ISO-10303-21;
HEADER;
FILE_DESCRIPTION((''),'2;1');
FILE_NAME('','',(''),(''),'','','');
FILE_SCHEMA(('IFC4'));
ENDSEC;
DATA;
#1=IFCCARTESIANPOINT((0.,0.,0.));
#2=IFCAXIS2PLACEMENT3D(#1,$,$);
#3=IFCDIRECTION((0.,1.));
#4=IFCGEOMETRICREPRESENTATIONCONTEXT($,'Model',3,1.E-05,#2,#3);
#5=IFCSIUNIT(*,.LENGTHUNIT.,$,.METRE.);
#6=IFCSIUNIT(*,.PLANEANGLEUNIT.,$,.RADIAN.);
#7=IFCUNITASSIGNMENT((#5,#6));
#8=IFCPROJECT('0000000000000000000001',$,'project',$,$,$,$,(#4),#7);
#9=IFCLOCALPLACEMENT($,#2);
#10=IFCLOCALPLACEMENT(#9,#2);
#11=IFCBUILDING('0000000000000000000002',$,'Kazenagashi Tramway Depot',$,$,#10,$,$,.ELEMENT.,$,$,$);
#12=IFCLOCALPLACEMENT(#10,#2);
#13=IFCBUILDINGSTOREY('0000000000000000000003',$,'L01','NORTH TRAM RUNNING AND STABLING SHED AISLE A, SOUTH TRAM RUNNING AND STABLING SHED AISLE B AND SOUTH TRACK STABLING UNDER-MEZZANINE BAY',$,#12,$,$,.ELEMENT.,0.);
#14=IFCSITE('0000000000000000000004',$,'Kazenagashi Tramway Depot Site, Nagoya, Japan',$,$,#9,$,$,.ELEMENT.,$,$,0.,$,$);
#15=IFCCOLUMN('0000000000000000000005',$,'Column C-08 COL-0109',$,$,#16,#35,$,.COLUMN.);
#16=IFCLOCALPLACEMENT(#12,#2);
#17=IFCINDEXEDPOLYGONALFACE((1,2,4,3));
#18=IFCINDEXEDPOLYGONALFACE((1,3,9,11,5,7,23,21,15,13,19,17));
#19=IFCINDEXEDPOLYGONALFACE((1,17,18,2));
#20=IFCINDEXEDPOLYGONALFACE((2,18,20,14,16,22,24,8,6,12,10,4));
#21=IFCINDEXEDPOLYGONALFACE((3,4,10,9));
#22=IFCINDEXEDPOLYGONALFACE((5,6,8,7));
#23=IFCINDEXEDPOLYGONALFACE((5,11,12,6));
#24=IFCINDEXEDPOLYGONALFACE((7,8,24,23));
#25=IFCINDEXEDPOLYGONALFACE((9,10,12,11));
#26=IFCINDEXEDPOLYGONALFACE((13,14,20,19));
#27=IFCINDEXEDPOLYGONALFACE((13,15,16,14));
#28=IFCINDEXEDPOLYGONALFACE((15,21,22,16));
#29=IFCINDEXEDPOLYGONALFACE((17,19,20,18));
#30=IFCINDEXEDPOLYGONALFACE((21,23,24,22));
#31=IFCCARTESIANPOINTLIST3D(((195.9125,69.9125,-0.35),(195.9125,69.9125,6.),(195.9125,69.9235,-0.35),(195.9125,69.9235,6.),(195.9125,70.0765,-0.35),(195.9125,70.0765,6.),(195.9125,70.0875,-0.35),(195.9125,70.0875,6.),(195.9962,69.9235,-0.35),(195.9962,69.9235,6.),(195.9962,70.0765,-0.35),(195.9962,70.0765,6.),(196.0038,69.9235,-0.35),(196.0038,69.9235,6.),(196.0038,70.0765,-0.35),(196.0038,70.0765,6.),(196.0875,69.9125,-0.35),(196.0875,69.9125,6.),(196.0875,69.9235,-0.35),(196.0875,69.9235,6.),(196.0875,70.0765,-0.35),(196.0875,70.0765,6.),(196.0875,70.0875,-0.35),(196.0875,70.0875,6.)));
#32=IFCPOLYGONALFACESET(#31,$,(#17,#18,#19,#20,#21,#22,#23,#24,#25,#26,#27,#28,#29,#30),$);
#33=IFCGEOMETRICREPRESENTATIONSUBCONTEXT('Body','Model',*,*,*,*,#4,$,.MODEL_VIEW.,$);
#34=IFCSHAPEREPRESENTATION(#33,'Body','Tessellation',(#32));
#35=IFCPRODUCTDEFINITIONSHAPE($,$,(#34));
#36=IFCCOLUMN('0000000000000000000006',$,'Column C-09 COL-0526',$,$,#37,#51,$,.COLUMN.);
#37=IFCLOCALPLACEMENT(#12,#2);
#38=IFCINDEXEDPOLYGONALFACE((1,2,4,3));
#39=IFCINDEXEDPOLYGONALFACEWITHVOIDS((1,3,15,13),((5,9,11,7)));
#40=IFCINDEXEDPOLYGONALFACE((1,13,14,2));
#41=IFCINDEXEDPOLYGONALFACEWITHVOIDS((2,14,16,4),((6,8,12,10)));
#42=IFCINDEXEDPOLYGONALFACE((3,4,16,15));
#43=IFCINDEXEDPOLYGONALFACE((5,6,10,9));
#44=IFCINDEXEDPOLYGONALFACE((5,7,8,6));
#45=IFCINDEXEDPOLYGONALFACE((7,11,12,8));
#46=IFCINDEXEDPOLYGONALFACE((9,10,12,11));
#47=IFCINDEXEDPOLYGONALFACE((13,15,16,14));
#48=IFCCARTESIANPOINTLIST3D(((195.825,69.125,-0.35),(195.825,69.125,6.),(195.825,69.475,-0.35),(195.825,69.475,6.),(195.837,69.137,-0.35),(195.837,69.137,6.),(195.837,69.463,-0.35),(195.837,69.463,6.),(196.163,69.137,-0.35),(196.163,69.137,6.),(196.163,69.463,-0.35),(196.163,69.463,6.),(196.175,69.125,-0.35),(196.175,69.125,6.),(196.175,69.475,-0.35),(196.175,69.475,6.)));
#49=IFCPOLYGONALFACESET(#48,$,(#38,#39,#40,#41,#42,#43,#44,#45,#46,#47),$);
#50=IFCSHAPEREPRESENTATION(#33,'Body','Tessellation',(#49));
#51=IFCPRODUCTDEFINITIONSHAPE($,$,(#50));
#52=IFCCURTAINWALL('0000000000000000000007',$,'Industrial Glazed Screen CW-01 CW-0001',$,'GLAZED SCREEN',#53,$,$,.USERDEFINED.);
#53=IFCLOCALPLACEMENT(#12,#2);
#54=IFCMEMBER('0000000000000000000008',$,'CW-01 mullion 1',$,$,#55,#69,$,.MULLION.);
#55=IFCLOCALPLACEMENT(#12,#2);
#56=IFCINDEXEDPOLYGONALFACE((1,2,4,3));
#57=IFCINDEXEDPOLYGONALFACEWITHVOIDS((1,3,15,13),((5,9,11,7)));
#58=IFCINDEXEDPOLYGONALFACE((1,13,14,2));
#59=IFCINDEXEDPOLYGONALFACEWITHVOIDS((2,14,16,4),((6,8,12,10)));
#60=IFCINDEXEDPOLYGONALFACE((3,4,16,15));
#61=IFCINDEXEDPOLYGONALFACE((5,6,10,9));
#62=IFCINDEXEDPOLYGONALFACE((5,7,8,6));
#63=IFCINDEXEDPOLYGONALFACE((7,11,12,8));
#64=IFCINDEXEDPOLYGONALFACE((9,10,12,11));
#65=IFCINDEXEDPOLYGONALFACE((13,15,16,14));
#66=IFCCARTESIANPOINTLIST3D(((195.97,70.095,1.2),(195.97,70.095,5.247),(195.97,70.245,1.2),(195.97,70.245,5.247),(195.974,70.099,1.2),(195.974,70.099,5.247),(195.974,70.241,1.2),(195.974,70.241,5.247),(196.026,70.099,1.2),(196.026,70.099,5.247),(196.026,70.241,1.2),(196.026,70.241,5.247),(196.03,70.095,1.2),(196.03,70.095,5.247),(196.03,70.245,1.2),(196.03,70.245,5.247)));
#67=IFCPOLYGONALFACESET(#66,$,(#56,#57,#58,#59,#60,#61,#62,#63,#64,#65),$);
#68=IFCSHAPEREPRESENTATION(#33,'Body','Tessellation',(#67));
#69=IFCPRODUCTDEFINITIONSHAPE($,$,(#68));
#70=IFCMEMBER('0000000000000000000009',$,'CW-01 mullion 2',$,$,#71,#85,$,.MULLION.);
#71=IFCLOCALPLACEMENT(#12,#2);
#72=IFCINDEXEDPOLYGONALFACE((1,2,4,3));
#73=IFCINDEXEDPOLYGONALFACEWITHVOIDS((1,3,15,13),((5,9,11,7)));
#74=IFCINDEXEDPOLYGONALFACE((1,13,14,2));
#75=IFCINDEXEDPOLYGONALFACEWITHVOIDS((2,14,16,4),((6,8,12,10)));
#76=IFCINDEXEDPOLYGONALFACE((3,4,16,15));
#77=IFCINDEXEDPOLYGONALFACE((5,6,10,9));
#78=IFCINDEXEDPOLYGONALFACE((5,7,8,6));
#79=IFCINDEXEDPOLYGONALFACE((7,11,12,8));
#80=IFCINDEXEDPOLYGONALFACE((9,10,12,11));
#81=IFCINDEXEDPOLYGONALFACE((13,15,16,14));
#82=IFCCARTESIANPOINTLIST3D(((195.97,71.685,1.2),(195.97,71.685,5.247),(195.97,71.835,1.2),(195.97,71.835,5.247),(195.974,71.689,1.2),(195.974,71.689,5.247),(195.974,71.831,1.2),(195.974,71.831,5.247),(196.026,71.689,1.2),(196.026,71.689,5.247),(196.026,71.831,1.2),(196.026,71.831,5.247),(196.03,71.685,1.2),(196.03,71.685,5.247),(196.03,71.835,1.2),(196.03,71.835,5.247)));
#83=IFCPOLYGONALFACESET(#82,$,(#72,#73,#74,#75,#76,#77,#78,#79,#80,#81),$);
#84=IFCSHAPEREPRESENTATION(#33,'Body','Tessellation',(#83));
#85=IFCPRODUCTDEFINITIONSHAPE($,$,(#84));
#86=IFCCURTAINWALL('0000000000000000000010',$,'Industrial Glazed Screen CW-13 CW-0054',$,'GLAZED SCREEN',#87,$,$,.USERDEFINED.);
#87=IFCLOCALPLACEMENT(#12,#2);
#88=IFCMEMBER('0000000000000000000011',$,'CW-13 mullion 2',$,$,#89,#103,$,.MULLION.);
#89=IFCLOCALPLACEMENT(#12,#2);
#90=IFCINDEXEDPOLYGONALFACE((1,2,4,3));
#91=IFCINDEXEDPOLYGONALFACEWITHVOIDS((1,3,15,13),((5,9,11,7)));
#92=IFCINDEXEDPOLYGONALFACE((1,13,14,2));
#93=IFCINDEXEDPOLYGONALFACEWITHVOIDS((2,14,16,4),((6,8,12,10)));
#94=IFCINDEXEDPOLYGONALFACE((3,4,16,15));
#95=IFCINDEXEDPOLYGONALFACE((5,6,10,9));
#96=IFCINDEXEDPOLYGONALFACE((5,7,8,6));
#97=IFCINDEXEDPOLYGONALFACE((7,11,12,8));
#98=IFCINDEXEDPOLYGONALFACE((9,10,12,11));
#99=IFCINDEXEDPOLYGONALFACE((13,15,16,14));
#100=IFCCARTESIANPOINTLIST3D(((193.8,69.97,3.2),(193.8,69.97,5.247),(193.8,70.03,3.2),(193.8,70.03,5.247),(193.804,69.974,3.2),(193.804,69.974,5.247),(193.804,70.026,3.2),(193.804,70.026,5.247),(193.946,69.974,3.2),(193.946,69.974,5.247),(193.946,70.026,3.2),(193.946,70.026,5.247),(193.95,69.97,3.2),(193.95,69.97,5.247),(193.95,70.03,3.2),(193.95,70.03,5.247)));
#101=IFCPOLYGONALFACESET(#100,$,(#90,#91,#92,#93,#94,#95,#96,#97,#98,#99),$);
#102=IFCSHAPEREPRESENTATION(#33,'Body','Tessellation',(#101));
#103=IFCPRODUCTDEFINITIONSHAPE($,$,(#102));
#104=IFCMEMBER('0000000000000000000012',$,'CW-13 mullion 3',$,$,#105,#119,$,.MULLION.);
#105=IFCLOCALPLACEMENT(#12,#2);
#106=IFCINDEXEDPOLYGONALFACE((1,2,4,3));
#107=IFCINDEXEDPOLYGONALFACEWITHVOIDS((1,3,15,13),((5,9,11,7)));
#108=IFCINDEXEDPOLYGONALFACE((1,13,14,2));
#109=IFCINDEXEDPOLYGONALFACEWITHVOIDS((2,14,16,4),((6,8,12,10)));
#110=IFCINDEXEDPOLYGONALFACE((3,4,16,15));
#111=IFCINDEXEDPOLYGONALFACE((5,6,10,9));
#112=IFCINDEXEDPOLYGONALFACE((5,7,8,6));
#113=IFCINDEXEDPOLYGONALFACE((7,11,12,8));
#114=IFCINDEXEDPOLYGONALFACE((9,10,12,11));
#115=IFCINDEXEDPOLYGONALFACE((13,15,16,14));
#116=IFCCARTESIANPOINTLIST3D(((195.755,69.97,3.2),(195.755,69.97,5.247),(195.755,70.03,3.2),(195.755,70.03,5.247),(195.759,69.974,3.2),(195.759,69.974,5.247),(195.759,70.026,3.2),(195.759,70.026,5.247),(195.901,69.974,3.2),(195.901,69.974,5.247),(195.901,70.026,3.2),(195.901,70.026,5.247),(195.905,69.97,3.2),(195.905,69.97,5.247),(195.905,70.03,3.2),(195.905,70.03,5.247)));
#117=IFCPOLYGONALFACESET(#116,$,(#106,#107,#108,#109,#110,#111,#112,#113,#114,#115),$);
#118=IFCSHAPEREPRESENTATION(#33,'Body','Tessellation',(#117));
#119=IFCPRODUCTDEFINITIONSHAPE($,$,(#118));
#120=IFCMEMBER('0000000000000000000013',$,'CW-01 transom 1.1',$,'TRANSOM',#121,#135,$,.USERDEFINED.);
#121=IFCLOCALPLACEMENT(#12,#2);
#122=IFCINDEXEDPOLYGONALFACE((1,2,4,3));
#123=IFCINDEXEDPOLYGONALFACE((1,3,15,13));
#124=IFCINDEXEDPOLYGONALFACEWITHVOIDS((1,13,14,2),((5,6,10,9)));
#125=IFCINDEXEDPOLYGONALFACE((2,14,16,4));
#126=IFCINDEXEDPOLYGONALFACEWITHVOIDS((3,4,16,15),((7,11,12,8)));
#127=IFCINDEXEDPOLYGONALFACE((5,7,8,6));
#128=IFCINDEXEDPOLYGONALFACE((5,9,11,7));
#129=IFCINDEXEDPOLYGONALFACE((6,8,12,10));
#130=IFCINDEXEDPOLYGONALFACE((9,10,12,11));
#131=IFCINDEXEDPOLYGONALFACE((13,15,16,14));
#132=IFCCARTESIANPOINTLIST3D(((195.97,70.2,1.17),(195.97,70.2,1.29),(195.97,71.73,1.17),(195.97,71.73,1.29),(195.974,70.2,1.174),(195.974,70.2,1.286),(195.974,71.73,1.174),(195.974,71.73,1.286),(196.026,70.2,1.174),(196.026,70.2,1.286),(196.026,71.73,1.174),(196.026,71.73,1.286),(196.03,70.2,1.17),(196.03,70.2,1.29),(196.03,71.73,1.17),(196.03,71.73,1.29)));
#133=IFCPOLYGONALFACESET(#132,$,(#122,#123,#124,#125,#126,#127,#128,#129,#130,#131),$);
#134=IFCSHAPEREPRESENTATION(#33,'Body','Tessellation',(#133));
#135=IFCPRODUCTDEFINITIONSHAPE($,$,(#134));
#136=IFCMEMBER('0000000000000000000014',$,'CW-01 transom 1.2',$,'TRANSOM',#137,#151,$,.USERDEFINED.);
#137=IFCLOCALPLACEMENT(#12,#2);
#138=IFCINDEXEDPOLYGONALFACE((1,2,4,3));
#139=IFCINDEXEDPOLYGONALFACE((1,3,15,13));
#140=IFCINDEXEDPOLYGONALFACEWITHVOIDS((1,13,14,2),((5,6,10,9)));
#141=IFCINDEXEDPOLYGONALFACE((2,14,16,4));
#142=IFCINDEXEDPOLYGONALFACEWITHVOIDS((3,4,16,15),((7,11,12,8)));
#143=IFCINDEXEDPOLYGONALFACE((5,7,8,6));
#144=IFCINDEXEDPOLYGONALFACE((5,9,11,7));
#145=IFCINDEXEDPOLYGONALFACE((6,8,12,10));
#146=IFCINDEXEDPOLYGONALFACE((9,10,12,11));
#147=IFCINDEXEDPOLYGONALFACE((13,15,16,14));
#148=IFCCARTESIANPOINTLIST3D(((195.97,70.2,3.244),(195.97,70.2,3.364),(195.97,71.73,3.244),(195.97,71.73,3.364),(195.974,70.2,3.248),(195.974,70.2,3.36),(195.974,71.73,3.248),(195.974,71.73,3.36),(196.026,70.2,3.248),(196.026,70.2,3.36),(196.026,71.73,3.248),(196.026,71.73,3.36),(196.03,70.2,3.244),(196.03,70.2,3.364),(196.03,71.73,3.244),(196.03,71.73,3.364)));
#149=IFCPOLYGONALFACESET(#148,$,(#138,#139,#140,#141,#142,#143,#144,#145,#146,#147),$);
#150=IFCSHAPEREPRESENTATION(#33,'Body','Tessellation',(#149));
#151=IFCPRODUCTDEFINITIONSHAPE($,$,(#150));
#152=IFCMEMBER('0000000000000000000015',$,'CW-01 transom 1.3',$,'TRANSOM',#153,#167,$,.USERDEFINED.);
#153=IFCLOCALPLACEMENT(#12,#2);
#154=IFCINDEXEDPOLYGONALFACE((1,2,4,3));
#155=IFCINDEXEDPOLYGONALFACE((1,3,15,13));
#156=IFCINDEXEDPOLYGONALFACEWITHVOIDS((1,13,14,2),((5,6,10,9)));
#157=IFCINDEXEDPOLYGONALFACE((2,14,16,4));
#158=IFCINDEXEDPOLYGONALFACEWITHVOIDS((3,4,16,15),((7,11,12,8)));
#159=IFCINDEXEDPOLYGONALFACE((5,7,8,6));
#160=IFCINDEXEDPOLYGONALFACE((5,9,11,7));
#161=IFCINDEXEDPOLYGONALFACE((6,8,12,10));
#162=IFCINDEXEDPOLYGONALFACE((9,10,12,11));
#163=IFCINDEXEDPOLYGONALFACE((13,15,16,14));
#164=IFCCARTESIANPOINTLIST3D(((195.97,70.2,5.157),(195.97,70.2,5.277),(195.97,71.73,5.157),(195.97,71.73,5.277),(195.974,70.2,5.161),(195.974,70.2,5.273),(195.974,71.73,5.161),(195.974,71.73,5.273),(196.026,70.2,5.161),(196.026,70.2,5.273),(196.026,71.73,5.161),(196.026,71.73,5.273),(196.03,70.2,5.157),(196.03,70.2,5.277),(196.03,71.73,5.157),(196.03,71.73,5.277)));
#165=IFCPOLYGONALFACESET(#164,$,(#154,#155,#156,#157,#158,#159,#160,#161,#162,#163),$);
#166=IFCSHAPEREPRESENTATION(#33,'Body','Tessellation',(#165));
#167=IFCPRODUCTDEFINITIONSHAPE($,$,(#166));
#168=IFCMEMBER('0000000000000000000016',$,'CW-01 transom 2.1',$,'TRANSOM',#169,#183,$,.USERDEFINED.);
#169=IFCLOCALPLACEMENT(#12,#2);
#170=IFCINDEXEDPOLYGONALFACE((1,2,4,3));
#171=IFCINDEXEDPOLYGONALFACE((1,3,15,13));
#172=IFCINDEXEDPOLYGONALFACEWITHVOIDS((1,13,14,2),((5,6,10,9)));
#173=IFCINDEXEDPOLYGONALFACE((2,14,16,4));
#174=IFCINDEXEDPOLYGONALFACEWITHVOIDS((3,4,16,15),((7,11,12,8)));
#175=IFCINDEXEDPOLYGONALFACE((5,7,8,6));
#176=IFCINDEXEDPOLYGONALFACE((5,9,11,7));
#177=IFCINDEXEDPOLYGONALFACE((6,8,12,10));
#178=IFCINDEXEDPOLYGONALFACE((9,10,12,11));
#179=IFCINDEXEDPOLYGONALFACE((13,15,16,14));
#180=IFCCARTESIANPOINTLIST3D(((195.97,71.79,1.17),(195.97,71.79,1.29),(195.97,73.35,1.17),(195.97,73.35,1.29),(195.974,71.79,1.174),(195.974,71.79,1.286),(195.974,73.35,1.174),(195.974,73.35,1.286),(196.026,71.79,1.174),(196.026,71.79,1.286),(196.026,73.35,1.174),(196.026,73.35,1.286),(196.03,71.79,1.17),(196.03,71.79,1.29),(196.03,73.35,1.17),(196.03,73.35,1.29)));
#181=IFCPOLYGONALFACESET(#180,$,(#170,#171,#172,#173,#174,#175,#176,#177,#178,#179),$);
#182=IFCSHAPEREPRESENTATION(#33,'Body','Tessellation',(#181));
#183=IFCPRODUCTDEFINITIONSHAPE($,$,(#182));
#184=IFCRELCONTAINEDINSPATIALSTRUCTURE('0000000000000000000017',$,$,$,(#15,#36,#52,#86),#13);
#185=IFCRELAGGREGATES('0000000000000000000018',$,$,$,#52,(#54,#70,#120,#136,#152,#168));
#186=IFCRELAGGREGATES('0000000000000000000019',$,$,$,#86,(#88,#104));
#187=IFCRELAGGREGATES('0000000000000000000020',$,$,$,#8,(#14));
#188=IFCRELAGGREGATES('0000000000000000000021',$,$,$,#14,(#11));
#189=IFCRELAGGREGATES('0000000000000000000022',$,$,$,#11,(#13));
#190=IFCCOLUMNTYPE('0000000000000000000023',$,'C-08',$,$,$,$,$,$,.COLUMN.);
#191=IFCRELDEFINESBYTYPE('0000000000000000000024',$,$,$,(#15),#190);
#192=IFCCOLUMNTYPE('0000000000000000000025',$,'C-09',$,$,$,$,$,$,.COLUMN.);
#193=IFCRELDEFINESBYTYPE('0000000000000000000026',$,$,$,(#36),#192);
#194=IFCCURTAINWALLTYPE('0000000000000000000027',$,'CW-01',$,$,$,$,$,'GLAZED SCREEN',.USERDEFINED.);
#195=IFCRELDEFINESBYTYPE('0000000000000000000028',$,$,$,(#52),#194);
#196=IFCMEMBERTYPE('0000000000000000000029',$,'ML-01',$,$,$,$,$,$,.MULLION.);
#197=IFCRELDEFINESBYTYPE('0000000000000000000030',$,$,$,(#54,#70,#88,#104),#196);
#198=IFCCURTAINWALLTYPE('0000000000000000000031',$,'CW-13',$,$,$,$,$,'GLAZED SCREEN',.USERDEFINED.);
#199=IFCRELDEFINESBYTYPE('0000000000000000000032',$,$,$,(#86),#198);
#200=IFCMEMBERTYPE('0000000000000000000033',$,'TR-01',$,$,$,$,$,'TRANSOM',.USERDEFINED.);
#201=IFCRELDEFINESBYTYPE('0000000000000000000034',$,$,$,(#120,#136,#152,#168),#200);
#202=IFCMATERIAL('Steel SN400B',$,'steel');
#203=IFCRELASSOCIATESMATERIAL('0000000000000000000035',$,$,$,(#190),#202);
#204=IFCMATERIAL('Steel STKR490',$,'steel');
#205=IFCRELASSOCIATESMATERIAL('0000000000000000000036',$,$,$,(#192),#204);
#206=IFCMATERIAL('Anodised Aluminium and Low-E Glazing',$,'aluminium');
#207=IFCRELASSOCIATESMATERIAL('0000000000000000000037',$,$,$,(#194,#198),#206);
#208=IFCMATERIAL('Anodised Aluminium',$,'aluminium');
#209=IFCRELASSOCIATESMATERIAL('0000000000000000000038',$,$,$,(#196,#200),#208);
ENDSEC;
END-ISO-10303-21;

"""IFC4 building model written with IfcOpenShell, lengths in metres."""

from ifc_helpers import new_model, si_unit, direction, frame, origin, origin_2d, place, context, subcontext, project, spatial, hollow_rectangle, i_section, extrude, material, material_profile, profile_set, type_object, element, aggregate, save


model = new_model("IFC4")

# Units and contexts
model_context = context("Model", 3, precision=1e-05, world=origin(), true_north=direction((0.0, 1.0)))
body_context = subcontext(model_context, "Body", "Model", "MODEL_VIEW")
ifc_project = project(units=[si_unit("LENGTHUNIT", "METRE"), si_unit("PLANEANGLEUNIT", "RADIAN")], contexts=[model_context])

# Site, building, storey
site_placement = place(None, origin())
site = spatial("IfcSite", under=ifc_project, at=site_placement, Name="Kazenagashi Tramway Depot Site, Nagoya, Japan", CompositionType="ELEMENT", RefElevation=0.0)
building_placement = place(site_placement, origin())
building = spatial("IfcBuilding", under=site, at=building_placement, Name="Kazenagashi Tramway Depot", CompositionType="ELEMENT")
storey_placement = place(building_placement, origin())
storey = spatial("IfcBuildingStorey", under=building, at=storey_placement, Name="L01", Description="NORTH TRAM RUNNING AND STABLING SHED AISLE A, SOUTH TRAM RUNNING AND STABLING SHED AISLE B AND SOUTH TRACK STABLING UNDER-MEZZANINE BAY", CompositionType="ELEMENT", Elevation=0.0)

# Columns
ifc_material_1 = material(Name="Steel SN400B", Category="steel")
ifc_material_profile_1 = material_profile(ifc_material_1, i_section(OverallWidth=0.175, OverallDepth=0.175, WebThickness=0.0075, FlangeThickness=0.011, at=origin_2d()), Name="H-175x175x7.5x11")
ifc_profile_set_1 = profile_set([ifc_material_profile_1], Name="Steel SN400B")
column_type_1 = type_object("IfcColumnType", Name="C-08", PredefinedType="COLUMN", material=ifc_profile_set_1)
column_1_placement = place(storey_placement, frame((196.0, 70.0, -0.35), z_axis=(0.0, 0.0, 1.0), x_axis=(1.0, 0.0, 0.0)))
element("IfcColumn", 1, at=column_1_placement, inside=storey, type_object=column_type_1, Name="Column C-08 COL-0109", PredefinedType="COLUMN", context=body_context, shape_type="SweptSolid", body=[
    extrude(i_section(OverallWidth=0.175, OverallDepth=0.175, WebThickness=0.0075, FlangeThickness=0.011, at=origin_2d()), origin(), (0.0, 0.0, 1.0), 6.35),
])
ifc_material_2 = material(Name="Steel STKR490", Category="steel")
ifc_material_profile_2 = material_profile(ifc_material_2, hollow_rectangle(XDim=0.35, YDim=0.35, WallThickness=0.012, at=origin_2d()), Name="SHS-350x350x12")
ifc_profile_set_2 = profile_set([ifc_material_profile_2], Name="Steel STKR490")
column_type_2 = type_object("IfcColumnType", Name="C-09", PredefinedType="COLUMN", material=ifc_profile_set_2)
column_2_placement = place(storey_placement, frame((196.0, 69.3, -0.35), z_axis=(0.0, 0.0, 1.0), x_axis=(1.0, 0.0, 0.0)))
element("IfcColumn", 2, at=column_2_placement, inside=storey, type_object=column_type_2, Name="Column C-09 COL-0526", PredefinedType="COLUMN", context=body_context, shape_type="SweptSolid", body=[
    extrude(hollow_rectangle(XDim=0.35, YDim=0.35, WallThickness=0.012, at=origin_2d()), origin(), (0.0, 0.0, 1.0), 6.35),
])

# Curtain walls, members
ifc_material_3 = material(Name="Anodised Aluminium and Low-E Glazing", Category="aluminium")
curtain_wall_type_1 = type_object("IfcCurtainWallType", Name="CW-01", ElementType="GLAZED SCREEN", PredefinedType="USERDEFINED", material=ifc_material_3)
curtain_wall_1_placement = place(storey_placement, origin())
curtain_wall_1 = element("IfcCurtainWall", 3, at=curtain_wall_1_placement, inside=storey, type_object=curtain_wall_type_1, Name="Industrial Glazed Screen CW-01 CW-0001", ObjectType="GLAZED SCREEN", PredefinedType="USERDEFINED")
ifc_material_4 = material(Name="Anodised Aluminium", Category="aluminium")
ifc_material_profile_3 = material_profile(ifc_material_4, hollow_rectangle(XDim=0.06, YDim=0.15, WallThickness=0.004, at=origin_2d()), Name="RHS-150x60x4")
ifc_profile_set_3 = profile_set([ifc_material_profile_3], Name="Anodised Aluminium")
member_type_1 = type_object("IfcMemberType", Name="ML-01", PredefinedType="MULLION", material=ifc_profile_set_3)
member_1_placement = place(storey_placement, frame((196.0, 70.17, 1.2), z_axis=(0.0, 0.0, 1.0), x_axis=(-1.0, 0.0, 0.0)))
member_1 = element("IfcMember", 4, at=member_1_placement, type_object=member_type_1, Name="CW-01 mullion 1", PredefinedType="MULLION", context=body_context, shape_type="SweptSolid", body=[
    extrude(hollow_rectangle(XDim=0.06, YDim=0.15, WallThickness=0.004, at=origin_2d()), origin(), (0.0, 0.0, 1.0), 4.047),
])
member_2_placement = place(storey_placement, frame((196.0, 71.76, 1.2), z_axis=(0.0, 0.0, 1.0), x_axis=(-1.0, 0.0, 0.0)))
member_2 = element("IfcMember", 5, at=member_2_placement, type_object=member_type_1, Name="CW-01 mullion 2", PredefinedType="MULLION", context=body_context, shape_type="SweptSolid", body=[
    extrude(hollow_rectangle(XDim=0.06, YDim=0.15, WallThickness=0.004, at=origin_2d()), origin(), (0.0, 0.0, 1.0), 4.047),
])
curtain_wall_type_2 = type_object("IfcCurtainWallType", Name="CW-13", ElementType="GLAZED SCREEN", PredefinedType="USERDEFINED", material=ifc_material_3)
curtain_wall_2_placement = place(storey_placement, origin())
curtain_wall_2 = element("IfcCurtainWall", 6, at=curtain_wall_2_placement, inside=storey, type_object=curtain_wall_type_2, Name="Industrial Glazed Screen CW-13 CW-0054", ObjectType="GLAZED SCREEN", PredefinedType="USERDEFINED")
member_3_placement = place(storey_placement, frame((193.875, 70.0, 3.2), z_axis=(0.0, 0.0, 1.0), x_axis=(0.0, 1.0, 0.0)))
member_3 = element("IfcMember", 7, at=member_3_placement, type_object=member_type_1, Name="CW-13 mullion 2", PredefinedType="MULLION", context=body_context, shape_type="SweptSolid", body=[
    extrude(hollow_rectangle(XDim=0.06, YDim=0.15, WallThickness=0.004, at=origin_2d()), origin(), (0.0, 0.0, 1.0), 2.047),
])
member_4_placement = place(storey_placement, frame((195.83, 70.0, 3.2), z_axis=(0.0, 0.0, 1.0), x_axis=(0.0, 1.0, 0.0)))
member_4 = element("IfcMember", 8, at=member_4_placement, type_object=member_type_1, Name="CW-13 mullion 3", PredefinedType="MULLION", context=body_context, shape_type="SweptSolid", body=[
    extrude(hollow_rectangle(XDim=0.06, YDim=0.15, WallThickness=0.004, at=origin_2d()), origin(), (0.0, 0.0, 1.0), 2.047),
])

# Members
ifc_material_profile_4 = material_profile(ifc_material_4, hollow_rectangle(XDim=0.06, YDim=0.12, WallThickness=0.004, at=origin_2d()), Name="RHS-120x60x4")
ifc_profile_set_4 = profile_set([ifc_material_profile_4], Name="Anodised Aluminium")
member_type_2 = type_object("IfcMemberType", Name="TR-01", ElementType="TRANSOM", PredefinedType="USERDEFINED", material=ifc_profile_set_4)
member_5_placement = place(storey_placement, frame((196.0, 70.2, 1.23), z_axis=(0.0, 1.0, 0.0), x_axis=(-1.0, 0.0, 0.0)))
member_5 = element("IfcMember", 9, at=member_5_placement, type_object=member_type_2, Name="CW-01 transom 1.1", ObjectType="TRANSOM", PredefinedType="USERDEFINED", context=body_context, shape_type="SweptSolid", body=[
    extrude(hollow_rectangle(XDim=0.06, YDim=0.12, WallThickness=0.004, at=origin_2d()), origin(), (0.0, 0.0, 1.0), 1.53),
])
member_6_placement = place(storey_placement, frame((196.0, 70.2, 3.304), z_axis=(0.0, 1.0, 0.0), x_axis=(-1.0, 0.0, 0.0)))
member_6 = element("IfcMember", 10, at=member_6_placement, type_object=member_type_2, Name="CW-01 transom 1.2", ObjectType="TRANSOM", PredefinedType="USERDEFINED", context=body_context, shape_type="SweptSolid", body=[
    extrude(hollow_rectangle(XDim=0.06, YDim=0.12, WallThickness=0.004, at=origin_2d()), origin(), (0.0, 0.0, 1.0), 1.53),
])
member_7_placement = place(storey_placement, frame((196.0, 70.2, 5.217), z_axis=(0.0, 1.0, 0.0), x_axis=(-1.0, 0.0, 0.0)))
member_7 = element("IfcMember", 11, at=member_7_placement, type_object=member_type_2, Name="CW-01 transom 1.3", ObjectType="TRANSOM", PredefinedType="USERDEFINED", context=body_context, shape_type="SweptSolid", body=[
    extrude(hollow_rectangle(XDim=0.06, YDim=0.12, WallThickness=0.004, at=origin_2d()), origin(), (0.0, 0.0, 1.0), 1.53),
])
member_8_placement = place(storey_placement, frame((196.0, 71.79, 1.23), z_axis=(0.0, 1.0, 0.0), x_axis=(-1.0, 0.0, 0.0)))
member_8 = element("IfcMember", 12, at=member_8_placement, type_object=member_type_2, Name="CW-01 transom 2.1", ObjectType="TRANSOM", PredefinedType="USERDEFINED", context=body_context, shape_type="SweptSolid", body=[
    extrude(hollow_rectangle(XDim=0.06, YDim=0.12, WallThickness=0.004, at=origin_2d()), origin(), (0.0, 0.0, 1.0), 1.56),
])

aggregate(curtain_wall_1, [member_1, member_2, member_5, member_6, member_7, member_8])
aggregate(curtain_wall_2, [member_3, member_4])

save(model, "model.ifc")
